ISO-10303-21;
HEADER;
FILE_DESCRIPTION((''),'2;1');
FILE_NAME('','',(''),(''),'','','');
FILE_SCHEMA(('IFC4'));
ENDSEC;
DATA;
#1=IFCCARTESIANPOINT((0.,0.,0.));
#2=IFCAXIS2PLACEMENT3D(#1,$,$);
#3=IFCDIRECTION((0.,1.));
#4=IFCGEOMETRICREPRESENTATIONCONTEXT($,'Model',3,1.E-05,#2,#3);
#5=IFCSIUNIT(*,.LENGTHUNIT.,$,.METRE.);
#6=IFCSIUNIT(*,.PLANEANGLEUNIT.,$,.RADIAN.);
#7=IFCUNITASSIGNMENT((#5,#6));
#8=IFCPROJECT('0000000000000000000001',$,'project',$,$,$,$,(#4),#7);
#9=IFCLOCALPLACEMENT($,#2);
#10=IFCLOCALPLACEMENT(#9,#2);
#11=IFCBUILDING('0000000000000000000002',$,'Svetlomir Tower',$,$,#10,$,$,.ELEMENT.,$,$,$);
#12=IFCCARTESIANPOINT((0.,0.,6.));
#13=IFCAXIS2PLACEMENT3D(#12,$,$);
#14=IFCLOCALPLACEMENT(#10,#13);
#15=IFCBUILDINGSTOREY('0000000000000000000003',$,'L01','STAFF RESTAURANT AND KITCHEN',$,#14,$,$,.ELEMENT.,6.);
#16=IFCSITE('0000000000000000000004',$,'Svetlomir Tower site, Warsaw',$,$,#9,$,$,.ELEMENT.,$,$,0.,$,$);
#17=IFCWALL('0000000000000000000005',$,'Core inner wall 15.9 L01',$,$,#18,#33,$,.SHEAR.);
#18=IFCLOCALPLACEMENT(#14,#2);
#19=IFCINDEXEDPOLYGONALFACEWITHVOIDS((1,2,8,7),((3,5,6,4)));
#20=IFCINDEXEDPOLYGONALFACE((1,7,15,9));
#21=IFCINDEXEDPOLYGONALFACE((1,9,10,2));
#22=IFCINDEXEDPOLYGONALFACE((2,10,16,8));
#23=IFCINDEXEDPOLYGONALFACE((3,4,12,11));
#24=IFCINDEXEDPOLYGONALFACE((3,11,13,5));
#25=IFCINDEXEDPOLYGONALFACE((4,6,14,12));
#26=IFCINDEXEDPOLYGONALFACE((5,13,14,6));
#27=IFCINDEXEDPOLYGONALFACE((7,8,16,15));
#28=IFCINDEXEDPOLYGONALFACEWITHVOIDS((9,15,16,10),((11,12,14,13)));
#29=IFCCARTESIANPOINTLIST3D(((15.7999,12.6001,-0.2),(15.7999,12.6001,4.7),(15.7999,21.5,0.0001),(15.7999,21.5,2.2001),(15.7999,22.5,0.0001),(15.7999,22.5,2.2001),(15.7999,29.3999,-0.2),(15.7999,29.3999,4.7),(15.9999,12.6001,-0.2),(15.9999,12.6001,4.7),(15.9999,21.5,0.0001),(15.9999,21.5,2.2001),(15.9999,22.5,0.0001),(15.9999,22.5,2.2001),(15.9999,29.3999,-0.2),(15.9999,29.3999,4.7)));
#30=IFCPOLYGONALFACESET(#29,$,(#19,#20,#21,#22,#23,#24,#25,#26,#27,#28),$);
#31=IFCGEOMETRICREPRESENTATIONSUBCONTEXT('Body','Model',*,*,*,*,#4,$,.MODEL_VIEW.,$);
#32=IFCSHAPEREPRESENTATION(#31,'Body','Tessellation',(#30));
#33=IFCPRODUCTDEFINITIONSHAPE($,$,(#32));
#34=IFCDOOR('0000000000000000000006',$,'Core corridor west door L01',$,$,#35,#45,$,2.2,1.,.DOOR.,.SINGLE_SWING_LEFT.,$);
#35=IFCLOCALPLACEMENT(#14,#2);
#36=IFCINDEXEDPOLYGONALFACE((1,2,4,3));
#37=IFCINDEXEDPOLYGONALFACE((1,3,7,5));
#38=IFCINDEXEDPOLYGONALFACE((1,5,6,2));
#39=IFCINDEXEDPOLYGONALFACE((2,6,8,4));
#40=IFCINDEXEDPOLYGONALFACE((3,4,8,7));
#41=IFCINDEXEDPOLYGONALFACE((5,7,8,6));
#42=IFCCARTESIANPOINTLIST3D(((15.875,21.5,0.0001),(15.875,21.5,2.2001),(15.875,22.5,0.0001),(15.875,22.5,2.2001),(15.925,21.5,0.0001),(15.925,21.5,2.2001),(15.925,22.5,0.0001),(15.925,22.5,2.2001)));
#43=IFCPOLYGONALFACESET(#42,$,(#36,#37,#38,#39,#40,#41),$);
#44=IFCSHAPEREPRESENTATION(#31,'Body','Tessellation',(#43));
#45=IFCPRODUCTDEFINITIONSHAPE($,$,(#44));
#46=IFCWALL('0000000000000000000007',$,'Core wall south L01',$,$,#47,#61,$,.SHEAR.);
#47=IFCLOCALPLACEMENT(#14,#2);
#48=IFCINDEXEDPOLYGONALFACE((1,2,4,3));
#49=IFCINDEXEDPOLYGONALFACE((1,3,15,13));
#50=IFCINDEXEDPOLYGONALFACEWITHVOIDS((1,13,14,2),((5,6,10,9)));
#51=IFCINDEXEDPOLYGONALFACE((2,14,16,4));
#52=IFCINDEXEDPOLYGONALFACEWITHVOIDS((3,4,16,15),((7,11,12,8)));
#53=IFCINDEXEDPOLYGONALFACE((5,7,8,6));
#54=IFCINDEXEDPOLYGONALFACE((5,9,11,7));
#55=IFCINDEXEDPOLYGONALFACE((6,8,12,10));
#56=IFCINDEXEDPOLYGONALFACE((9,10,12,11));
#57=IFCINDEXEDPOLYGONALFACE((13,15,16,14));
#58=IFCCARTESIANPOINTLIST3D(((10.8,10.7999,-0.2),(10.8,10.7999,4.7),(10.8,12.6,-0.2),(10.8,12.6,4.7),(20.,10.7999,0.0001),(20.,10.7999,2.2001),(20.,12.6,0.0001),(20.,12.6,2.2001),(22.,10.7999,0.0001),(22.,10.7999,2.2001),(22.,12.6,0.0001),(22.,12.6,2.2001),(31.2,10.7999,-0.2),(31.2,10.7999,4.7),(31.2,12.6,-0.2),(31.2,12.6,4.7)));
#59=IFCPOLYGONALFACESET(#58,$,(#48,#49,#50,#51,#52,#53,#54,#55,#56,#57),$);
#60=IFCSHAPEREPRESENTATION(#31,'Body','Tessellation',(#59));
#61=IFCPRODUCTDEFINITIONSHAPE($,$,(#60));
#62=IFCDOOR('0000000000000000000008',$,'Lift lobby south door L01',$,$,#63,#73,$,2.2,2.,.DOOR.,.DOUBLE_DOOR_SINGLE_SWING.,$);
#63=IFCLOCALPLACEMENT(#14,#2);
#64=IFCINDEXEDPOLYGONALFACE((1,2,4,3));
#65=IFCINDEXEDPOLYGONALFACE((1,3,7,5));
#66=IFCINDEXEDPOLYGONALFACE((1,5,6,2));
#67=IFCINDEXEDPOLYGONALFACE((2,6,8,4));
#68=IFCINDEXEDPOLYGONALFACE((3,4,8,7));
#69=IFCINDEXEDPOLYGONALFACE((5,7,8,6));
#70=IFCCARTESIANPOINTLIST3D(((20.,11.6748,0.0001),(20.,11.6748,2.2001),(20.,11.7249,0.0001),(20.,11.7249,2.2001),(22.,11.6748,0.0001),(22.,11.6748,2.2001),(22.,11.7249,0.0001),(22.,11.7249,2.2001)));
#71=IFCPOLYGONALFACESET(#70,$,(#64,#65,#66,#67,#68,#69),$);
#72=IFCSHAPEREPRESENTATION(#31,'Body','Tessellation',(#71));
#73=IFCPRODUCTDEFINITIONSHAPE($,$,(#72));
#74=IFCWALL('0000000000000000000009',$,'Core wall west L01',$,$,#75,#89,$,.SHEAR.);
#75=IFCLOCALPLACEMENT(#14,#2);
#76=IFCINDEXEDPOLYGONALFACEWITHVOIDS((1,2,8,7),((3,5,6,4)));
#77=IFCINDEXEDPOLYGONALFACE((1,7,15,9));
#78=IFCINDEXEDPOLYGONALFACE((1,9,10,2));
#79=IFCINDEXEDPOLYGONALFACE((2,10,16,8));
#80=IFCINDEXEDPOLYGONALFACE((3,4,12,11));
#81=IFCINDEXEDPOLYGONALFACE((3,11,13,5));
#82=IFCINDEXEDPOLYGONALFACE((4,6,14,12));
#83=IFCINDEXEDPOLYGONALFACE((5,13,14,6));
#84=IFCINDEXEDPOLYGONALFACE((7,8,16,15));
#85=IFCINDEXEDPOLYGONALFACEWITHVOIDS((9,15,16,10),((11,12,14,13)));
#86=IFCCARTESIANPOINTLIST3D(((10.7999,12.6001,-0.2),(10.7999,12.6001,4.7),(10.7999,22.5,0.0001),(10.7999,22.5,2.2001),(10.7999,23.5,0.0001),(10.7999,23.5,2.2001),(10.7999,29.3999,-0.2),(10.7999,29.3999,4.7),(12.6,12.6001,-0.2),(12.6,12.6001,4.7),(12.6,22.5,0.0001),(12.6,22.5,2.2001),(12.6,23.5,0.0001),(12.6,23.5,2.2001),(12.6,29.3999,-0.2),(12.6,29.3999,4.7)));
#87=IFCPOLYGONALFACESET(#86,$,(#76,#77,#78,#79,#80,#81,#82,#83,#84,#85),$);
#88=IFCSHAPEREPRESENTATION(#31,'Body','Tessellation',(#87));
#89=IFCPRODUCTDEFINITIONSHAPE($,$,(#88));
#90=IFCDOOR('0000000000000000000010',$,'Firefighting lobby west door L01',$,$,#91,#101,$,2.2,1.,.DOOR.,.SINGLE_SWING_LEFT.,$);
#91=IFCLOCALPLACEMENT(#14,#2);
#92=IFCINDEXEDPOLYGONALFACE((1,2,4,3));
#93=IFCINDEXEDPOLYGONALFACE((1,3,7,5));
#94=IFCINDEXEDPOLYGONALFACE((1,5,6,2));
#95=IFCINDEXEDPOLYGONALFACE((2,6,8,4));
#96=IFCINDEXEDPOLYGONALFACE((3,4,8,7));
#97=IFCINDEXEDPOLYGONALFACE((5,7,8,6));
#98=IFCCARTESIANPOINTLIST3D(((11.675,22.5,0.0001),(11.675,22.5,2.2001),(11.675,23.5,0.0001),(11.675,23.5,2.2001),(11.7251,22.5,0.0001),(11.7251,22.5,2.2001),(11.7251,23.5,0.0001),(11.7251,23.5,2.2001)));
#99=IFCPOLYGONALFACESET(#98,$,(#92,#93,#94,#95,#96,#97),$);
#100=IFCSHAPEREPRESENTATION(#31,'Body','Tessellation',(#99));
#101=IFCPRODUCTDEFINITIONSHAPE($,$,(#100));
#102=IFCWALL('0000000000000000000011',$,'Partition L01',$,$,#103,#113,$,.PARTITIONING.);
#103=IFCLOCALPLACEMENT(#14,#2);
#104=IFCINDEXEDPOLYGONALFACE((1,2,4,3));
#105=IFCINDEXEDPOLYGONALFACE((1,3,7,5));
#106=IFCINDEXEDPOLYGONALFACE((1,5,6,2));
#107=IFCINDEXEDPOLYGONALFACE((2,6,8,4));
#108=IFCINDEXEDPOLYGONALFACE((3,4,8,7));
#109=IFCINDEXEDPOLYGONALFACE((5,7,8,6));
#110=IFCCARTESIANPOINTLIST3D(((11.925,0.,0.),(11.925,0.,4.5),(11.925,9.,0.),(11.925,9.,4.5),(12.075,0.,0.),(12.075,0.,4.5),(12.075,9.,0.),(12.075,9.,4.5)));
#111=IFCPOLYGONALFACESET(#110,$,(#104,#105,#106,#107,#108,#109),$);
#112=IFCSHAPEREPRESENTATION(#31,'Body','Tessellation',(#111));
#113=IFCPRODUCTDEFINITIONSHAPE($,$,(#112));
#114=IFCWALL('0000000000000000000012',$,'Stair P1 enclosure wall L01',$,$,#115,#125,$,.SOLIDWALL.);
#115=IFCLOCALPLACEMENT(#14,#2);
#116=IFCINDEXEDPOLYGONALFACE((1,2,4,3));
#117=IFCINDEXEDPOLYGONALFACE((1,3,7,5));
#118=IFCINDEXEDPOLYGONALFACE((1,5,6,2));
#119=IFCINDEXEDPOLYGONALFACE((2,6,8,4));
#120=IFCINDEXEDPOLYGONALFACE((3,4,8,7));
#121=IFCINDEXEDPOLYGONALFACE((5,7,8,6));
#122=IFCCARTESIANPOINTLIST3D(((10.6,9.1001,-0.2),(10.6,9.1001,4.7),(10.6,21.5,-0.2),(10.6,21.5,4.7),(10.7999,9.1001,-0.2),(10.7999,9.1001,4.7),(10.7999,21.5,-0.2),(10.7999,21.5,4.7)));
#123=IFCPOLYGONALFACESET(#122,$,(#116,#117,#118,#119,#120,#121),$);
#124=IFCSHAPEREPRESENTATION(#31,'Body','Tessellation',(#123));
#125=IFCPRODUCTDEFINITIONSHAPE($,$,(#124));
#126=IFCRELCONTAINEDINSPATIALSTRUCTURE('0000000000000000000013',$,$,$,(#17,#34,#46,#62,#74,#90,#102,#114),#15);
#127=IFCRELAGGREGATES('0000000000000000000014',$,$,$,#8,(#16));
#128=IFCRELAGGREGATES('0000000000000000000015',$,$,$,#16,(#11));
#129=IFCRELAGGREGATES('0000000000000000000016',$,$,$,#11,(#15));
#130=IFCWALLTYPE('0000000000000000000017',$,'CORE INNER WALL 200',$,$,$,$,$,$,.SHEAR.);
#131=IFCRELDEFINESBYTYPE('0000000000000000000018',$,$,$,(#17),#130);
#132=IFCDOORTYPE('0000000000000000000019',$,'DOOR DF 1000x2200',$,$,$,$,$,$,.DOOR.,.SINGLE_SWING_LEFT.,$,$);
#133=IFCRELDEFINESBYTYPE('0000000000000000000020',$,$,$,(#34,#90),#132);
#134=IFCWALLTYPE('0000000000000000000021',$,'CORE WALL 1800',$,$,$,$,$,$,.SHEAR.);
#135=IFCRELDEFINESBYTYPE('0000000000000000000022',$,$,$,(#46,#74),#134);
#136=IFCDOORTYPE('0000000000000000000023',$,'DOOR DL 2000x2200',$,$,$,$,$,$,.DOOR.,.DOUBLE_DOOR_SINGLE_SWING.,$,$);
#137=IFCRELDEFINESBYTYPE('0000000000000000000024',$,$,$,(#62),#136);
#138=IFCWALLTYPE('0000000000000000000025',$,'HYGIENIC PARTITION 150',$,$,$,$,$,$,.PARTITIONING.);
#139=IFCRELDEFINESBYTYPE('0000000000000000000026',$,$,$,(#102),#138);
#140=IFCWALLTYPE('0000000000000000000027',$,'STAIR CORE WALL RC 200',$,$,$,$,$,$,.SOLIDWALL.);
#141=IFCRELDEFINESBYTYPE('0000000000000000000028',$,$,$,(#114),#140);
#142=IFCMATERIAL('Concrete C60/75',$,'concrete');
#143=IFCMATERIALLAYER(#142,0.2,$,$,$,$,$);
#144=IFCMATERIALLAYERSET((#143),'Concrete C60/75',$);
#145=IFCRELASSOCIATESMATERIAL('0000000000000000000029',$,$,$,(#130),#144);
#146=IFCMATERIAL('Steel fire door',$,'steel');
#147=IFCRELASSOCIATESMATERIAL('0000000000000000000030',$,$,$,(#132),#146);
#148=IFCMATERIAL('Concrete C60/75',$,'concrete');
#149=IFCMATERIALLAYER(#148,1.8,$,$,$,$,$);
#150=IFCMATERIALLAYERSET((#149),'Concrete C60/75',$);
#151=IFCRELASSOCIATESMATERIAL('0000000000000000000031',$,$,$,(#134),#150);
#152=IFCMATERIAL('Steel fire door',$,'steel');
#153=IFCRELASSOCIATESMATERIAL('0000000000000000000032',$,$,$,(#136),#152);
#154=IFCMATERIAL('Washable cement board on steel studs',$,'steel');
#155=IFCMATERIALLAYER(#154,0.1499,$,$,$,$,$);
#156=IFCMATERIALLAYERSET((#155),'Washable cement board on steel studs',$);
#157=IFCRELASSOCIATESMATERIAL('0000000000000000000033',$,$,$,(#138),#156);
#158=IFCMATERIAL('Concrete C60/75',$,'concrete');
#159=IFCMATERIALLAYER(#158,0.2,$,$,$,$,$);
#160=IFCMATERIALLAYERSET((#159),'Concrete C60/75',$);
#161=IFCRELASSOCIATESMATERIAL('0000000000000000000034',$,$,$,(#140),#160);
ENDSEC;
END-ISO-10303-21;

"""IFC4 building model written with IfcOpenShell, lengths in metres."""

from ifc_helpers import new_model, si_unit, direction, frame, frame_2d, origin, place, context, subcontext, project, spatial, rectangle, extrude, material, layer, layer_set, type_object, element, fill, save


model = new_model("IFC4")

# Units and contexts
model_context = context("Model", 3, precision=1e-05, world=origin(), true_north=direction((0.0, 1.0)))
body_context = subcontext(model_context, "Body", "Model", "MODEL_VIEW")
ifc_project = project(units=[si_unit("LENGTHUNIT", "METRE"), si_unit("PLANEANGLEUNIT", "RADIAN")], contexts=[model_context])

# Site, building, storey
site_placement = place(None, origin())
site = spatial("IfcSite", under=ifc_project, at=site_placement, Name="Svetlomir Tower site, Warsaw", CompositionType="ELEMENT", RefElevation=0.0)
building_placement = place(site_placement, origin())
building = spatial("IfcBuilding", under=site, at=building_placement, Name="Svetlomir Tower", CompositionType="ELEMENT")
storey_placement = place(building_placement, frame((0.0, 0.0, 6.0)))
storey = spatial("IfcBuildingStorey", under=building, at=storey_placement, Name="L01", Description="STAFF RESTAURANT AND KITCHEN", CompositionType="ELEMENT", Elevation=6.0)

# Walls, openings, doors
ifc_material_1 = material(Name="Concrete C60/75", Category="concrete")
ifc_layer_1 = layer(ifc_material_1, 0.2)
ifc_layer_set_1 = layer_set([ifc_layer_1], Name="Concrete C60/75")
wall_type_1 = type_object("IfcWallType", Name="CORE INNER WALL 200", PredefinedType="SHEAR", material=ifc_layer_set_1)
wall_1_placement = place(storey_placement, frame((15.8999, 12.6001, -0.2), z_axis=(0.0, 0.0, 1.0), x_axis=(0.0, 1.0, 0.0)))
wall_1 = element("IfcWall", 1, at=wall_1_placement, inside=storey, type_object=wall_type_1, Name="Core inner wall 15.9 L01", PredefinedType="SHEAR", context=body_context, shape_type="SweptSolid", body=[
    extrude(rectangle(XDim=16.7998, YDim=0.2, at=frame_2d((8.3999, 0.0))), origin(), (0.0, 0.0, 1.0), 4.8999),
])
opening_1_placement = place(wall_1_placement, frame((8.8999, 0.0, 0.2)))
opening_1 = element("IfcOpeningElement", 2, at=opening_1_placement, cuts=wall_1, PredefinedType="OPENING", context=body_context, shape_type="SweptSolid", body=[
    extrude(rectangle(XDim=1.0, YDim=2.2, at=frame_2d((0.5, 1.1001))), frame((0.0, 0.1099, 0.0), z_axis=(0.0, -1.0, 0.0), x_axis=(1.0, 0.0, 0.0)), (0.0, 0.0, 1.0), 0.22),
])
ifc_material_2 = material(Name="Steel fire door", Category="steel")
door_type_1 = type_object("IfcDoorType", Name="DOOR DF 1000x2200", OperationType="SINGLE_SWING_LEFT", PredefinedType="DOOR", material=ifc_material_2)
door_1_placement = place(opening_1_placement, origin())
door_1 = element("IfcDoor", 3, at=door_1_placement, inside=storey, type_object=door_type_1, Name="Core corridor west door L01", OperationType="SINGLE_SWING_LEFT", OverallHeight=2.2, OverallWidth=1.0, PredefinedType="DOOR", context=body_context, shape_type="SweptSolid", body=[
    extrude(rectangle(XDim=1.0, YDim=2.2, at=frame_2d((0.5, 1.1001))), frame((0.0, 0.0249, 0.0), z_axis=(0.0, -1.0, 0.0), x_axis=(1.0, 0.0, 0.0)), (0.0, 0.0, 1.0), 0.05),
])
fill(opening_1, door_1)
ifc_material_3 = material(Name="Concrete C60/75", Category="concrete")
ifc_layer_2 = layer(ifc_material_3, 1.8)
ifc_layer_set_2 = layer_set([ifc_layer_2], Name="Concrete C60/75")
wall_type_2 = type_object("IfcWallType", Name="CORE WALL 1800", PredefinedType="SHEAR", material=ifc_layer_set_2)
wall_2_placement = place(storey_placement, frame((10.8, 11.7, -0.2), z_axis=(0.0, 0.0, 1.0), x_axis=(1.0, 0.0, 0.0)))
wall_2 = element("IfcWall", 4, at=wall_2_placement, inside=storey, type_object=wall_type_2, Name="Core wall south L01", PredefinedType="SHEAR", context=body_context, shape_type="SweptSolid", body=[
    extrude(rectangle(XDim=20.3999, YDim=1.8, at=frame_2d((10.2, 0.0))), origin(), (0.0, 0.0, 1.0), 4.8999),
])
opening_2_placement = place(wall_2_placement, frame((9.2, 0.0, 0.2)))
opening_2 = element("IfcOpeningElement", 5, at=opening_2_placement, cuts=wall_2, PredefinedType="OPENING", context=body_context, shape_type="SweptSolid", body=[
    extrude(rectangle(XDim=2.0, YDim=2.2, at=frame_2d((1.0, 1.1001))), frame((0.0, 0.9102, 0.0), z_axis=(0.0, -1.0, 0.0), x_axis=(1.0, 0.0, 0.0)), (0.0, 0.0, 1.0), 1.8201),
])
ifc_material_4 = material(Name="Steel fire door", Category="steel")
door_type_2 = type_object("IfcDoorType", Name="DOOR DL 2000x2200", OperationType="DOUBLE_DOOR_SINGLE_SWING", PredefinedType="DOOR", material=ifc_material_4)
door_2_placement = place(opening_2_placement, origin())
door_2 = element("IfcDoor", 6, at=door_2_placement, inside=storey, type_object=door_type_2, Name="Lift lobby south door L01", OperationType="DOUBLE_DOOR_SINGLE_SWING", OverallHeight=2.2, OverallWidth=2.0, PredefinedType="DOOR", context=body_context, shape_type="SweptSolid", body=[
    extrude(rectangle(XDim=2.0, YDim=2.2, at=frame_2d((1.0, 1.1001))), frame((0.0, 0.0249, 0.0), z_axis=(0.0, -1.0, 0.0), x_axis=(1.0, 0.0, 0.0)), (0.0, 0.0, 1.0), 0.05),
])
fill(opening_2, door_2)
wall_3_placement = place(storey_placement, frame((11.7, 12.6001, -0.2), z_axis=(0.0, 0.0, 1.0), x_axis=(0.0, 1.0, 0.0)))
wall_3 = element("IfcWall", 7, at=wall_3_placement, inside=storey, type_object=wall_type_2, Name="Core wall west L01", PredefinedType="SHEAR", context=body_context, shape_type="SweptSolid", body=[
    extrude(rectangle(XDim=16.7998, YDim=1.8, at=frame_2d((8.3999, 0.0))), origin(), (0.0, 0.0, 1.0), 4.8999),
])
opening_3_placement = place(wall_3_placement, frame((9.8999, 0.0, 0.2)))
opening_3 = element("IfcOpeningElement", 8, at=opening_3_placement, cuts=wall_3, PredefinedType="OPENING", context=body_context, shape_type="SweptSolid", body=[
    extrude(rectangle(XDim=1.0, YDim=2.2, at=frame_2d((0.5, 1.1001))), frame((0.0, 0.9102, 0.0), z_axis=(0.0, -1.0, 0.0), x_axis=(1.0, 0.0, 0.0)), (0.0, 0.0, 1.0), 1.8201),
])
door_3_placement = place(opening_3_placement, origin())
door_3 = element("IfcDoor", 9, at=door_3_placement, inside=storey, type_object=door_type_1, Name="Firefighting lobby west door L01", OperationType="SINGLE_SWING_LEFT", OverallHeight=2.2, OverallWidth=1.0, PredefinedType="DOOR", context=body_context, shape_type="SweptSolid", body=[
    extrude(rectangle(XDim=1.0, YDim=2.2, at=frame_2d((0.5, 1.1001))), frame((0.0, 0.0249, 0.0), z_axis=(0.0, -1.0, 0.0), x_axis=(1.0, 0.0, 0.0)), (0.0, 0.0, 1.0), 0.05),
])
fill(opening_3, door_3)

# Walls
ifc_material_5 = material(Name="Washable cement board on steel studs", Category="steel")
ifc_layer_3 = layer(ifc_material_5, 0.1499)
ifc_layer_set_3 = layer_set([ifc_layer_3], Name="Washable cement board on steel studs")
wall_type_3 = type_object("IfcWallType", Name="HYGIENIC PARTITION 150", PredefinedType="PARTITIONING", material=ifc_layer_set_3)
wall_4_placement = place(storey_placement, frame((12.0, 0.0, 0.0), z_axis=(0.0, 0.0, 1.0), x_axis=(0.0, 1.0, 0.0)))
element("IfcWall", 10, at=wall_4_placement, inside=storey, type_object=wall_type_3, Name="Partition L01", PredefinedType="PARTITIONING", context=body_context, shape_type="SweptSolid", body=[
    extrude(rectangle(XDim=9.0, YDim=0.1499, at=frame_2d((4.5, 0.0))), origin(), (0.0, 0.0, 1.0), 4.5),
])
ifc_material_6 = material(Name="Concrete C60/75", Category="concrete")
ifc_layer_4 = layer(ifc_material_6, 0.2)
ifc_layer_set_4 = layer_set([ifc_layer_4], Name="Concrete C60/75")
wall_type_4 = type_object("IfcWallType", Name="STAIR CORE WALL RC 200", PredefinedType="SOLIDWALL", material=ifc_layer_set_4)
wall_5_placement = place(storey_placement, frame((10.7, 9.1001, -0.2), z_axis=(0.0, 0.0, 1.0), x_axis=(0.0, 1.0, 0.0)))
element("IfcWall", 11, at=wall_5_placement, inside=storey, type_object=wall_type_4, Name="Stair P1 enclosure wall L01", PredefinedType="SOLIDWALL", context=body_context, shape_type="SweptSolid", body=[
    extrude(rectangle(XDim=12.3999, YDim=0.2, at=frame_2d((6.2, 0.0))), origin(), (0.0, 0.0, 1.0), 4.8999),
])

save(model, "model.ifc")
